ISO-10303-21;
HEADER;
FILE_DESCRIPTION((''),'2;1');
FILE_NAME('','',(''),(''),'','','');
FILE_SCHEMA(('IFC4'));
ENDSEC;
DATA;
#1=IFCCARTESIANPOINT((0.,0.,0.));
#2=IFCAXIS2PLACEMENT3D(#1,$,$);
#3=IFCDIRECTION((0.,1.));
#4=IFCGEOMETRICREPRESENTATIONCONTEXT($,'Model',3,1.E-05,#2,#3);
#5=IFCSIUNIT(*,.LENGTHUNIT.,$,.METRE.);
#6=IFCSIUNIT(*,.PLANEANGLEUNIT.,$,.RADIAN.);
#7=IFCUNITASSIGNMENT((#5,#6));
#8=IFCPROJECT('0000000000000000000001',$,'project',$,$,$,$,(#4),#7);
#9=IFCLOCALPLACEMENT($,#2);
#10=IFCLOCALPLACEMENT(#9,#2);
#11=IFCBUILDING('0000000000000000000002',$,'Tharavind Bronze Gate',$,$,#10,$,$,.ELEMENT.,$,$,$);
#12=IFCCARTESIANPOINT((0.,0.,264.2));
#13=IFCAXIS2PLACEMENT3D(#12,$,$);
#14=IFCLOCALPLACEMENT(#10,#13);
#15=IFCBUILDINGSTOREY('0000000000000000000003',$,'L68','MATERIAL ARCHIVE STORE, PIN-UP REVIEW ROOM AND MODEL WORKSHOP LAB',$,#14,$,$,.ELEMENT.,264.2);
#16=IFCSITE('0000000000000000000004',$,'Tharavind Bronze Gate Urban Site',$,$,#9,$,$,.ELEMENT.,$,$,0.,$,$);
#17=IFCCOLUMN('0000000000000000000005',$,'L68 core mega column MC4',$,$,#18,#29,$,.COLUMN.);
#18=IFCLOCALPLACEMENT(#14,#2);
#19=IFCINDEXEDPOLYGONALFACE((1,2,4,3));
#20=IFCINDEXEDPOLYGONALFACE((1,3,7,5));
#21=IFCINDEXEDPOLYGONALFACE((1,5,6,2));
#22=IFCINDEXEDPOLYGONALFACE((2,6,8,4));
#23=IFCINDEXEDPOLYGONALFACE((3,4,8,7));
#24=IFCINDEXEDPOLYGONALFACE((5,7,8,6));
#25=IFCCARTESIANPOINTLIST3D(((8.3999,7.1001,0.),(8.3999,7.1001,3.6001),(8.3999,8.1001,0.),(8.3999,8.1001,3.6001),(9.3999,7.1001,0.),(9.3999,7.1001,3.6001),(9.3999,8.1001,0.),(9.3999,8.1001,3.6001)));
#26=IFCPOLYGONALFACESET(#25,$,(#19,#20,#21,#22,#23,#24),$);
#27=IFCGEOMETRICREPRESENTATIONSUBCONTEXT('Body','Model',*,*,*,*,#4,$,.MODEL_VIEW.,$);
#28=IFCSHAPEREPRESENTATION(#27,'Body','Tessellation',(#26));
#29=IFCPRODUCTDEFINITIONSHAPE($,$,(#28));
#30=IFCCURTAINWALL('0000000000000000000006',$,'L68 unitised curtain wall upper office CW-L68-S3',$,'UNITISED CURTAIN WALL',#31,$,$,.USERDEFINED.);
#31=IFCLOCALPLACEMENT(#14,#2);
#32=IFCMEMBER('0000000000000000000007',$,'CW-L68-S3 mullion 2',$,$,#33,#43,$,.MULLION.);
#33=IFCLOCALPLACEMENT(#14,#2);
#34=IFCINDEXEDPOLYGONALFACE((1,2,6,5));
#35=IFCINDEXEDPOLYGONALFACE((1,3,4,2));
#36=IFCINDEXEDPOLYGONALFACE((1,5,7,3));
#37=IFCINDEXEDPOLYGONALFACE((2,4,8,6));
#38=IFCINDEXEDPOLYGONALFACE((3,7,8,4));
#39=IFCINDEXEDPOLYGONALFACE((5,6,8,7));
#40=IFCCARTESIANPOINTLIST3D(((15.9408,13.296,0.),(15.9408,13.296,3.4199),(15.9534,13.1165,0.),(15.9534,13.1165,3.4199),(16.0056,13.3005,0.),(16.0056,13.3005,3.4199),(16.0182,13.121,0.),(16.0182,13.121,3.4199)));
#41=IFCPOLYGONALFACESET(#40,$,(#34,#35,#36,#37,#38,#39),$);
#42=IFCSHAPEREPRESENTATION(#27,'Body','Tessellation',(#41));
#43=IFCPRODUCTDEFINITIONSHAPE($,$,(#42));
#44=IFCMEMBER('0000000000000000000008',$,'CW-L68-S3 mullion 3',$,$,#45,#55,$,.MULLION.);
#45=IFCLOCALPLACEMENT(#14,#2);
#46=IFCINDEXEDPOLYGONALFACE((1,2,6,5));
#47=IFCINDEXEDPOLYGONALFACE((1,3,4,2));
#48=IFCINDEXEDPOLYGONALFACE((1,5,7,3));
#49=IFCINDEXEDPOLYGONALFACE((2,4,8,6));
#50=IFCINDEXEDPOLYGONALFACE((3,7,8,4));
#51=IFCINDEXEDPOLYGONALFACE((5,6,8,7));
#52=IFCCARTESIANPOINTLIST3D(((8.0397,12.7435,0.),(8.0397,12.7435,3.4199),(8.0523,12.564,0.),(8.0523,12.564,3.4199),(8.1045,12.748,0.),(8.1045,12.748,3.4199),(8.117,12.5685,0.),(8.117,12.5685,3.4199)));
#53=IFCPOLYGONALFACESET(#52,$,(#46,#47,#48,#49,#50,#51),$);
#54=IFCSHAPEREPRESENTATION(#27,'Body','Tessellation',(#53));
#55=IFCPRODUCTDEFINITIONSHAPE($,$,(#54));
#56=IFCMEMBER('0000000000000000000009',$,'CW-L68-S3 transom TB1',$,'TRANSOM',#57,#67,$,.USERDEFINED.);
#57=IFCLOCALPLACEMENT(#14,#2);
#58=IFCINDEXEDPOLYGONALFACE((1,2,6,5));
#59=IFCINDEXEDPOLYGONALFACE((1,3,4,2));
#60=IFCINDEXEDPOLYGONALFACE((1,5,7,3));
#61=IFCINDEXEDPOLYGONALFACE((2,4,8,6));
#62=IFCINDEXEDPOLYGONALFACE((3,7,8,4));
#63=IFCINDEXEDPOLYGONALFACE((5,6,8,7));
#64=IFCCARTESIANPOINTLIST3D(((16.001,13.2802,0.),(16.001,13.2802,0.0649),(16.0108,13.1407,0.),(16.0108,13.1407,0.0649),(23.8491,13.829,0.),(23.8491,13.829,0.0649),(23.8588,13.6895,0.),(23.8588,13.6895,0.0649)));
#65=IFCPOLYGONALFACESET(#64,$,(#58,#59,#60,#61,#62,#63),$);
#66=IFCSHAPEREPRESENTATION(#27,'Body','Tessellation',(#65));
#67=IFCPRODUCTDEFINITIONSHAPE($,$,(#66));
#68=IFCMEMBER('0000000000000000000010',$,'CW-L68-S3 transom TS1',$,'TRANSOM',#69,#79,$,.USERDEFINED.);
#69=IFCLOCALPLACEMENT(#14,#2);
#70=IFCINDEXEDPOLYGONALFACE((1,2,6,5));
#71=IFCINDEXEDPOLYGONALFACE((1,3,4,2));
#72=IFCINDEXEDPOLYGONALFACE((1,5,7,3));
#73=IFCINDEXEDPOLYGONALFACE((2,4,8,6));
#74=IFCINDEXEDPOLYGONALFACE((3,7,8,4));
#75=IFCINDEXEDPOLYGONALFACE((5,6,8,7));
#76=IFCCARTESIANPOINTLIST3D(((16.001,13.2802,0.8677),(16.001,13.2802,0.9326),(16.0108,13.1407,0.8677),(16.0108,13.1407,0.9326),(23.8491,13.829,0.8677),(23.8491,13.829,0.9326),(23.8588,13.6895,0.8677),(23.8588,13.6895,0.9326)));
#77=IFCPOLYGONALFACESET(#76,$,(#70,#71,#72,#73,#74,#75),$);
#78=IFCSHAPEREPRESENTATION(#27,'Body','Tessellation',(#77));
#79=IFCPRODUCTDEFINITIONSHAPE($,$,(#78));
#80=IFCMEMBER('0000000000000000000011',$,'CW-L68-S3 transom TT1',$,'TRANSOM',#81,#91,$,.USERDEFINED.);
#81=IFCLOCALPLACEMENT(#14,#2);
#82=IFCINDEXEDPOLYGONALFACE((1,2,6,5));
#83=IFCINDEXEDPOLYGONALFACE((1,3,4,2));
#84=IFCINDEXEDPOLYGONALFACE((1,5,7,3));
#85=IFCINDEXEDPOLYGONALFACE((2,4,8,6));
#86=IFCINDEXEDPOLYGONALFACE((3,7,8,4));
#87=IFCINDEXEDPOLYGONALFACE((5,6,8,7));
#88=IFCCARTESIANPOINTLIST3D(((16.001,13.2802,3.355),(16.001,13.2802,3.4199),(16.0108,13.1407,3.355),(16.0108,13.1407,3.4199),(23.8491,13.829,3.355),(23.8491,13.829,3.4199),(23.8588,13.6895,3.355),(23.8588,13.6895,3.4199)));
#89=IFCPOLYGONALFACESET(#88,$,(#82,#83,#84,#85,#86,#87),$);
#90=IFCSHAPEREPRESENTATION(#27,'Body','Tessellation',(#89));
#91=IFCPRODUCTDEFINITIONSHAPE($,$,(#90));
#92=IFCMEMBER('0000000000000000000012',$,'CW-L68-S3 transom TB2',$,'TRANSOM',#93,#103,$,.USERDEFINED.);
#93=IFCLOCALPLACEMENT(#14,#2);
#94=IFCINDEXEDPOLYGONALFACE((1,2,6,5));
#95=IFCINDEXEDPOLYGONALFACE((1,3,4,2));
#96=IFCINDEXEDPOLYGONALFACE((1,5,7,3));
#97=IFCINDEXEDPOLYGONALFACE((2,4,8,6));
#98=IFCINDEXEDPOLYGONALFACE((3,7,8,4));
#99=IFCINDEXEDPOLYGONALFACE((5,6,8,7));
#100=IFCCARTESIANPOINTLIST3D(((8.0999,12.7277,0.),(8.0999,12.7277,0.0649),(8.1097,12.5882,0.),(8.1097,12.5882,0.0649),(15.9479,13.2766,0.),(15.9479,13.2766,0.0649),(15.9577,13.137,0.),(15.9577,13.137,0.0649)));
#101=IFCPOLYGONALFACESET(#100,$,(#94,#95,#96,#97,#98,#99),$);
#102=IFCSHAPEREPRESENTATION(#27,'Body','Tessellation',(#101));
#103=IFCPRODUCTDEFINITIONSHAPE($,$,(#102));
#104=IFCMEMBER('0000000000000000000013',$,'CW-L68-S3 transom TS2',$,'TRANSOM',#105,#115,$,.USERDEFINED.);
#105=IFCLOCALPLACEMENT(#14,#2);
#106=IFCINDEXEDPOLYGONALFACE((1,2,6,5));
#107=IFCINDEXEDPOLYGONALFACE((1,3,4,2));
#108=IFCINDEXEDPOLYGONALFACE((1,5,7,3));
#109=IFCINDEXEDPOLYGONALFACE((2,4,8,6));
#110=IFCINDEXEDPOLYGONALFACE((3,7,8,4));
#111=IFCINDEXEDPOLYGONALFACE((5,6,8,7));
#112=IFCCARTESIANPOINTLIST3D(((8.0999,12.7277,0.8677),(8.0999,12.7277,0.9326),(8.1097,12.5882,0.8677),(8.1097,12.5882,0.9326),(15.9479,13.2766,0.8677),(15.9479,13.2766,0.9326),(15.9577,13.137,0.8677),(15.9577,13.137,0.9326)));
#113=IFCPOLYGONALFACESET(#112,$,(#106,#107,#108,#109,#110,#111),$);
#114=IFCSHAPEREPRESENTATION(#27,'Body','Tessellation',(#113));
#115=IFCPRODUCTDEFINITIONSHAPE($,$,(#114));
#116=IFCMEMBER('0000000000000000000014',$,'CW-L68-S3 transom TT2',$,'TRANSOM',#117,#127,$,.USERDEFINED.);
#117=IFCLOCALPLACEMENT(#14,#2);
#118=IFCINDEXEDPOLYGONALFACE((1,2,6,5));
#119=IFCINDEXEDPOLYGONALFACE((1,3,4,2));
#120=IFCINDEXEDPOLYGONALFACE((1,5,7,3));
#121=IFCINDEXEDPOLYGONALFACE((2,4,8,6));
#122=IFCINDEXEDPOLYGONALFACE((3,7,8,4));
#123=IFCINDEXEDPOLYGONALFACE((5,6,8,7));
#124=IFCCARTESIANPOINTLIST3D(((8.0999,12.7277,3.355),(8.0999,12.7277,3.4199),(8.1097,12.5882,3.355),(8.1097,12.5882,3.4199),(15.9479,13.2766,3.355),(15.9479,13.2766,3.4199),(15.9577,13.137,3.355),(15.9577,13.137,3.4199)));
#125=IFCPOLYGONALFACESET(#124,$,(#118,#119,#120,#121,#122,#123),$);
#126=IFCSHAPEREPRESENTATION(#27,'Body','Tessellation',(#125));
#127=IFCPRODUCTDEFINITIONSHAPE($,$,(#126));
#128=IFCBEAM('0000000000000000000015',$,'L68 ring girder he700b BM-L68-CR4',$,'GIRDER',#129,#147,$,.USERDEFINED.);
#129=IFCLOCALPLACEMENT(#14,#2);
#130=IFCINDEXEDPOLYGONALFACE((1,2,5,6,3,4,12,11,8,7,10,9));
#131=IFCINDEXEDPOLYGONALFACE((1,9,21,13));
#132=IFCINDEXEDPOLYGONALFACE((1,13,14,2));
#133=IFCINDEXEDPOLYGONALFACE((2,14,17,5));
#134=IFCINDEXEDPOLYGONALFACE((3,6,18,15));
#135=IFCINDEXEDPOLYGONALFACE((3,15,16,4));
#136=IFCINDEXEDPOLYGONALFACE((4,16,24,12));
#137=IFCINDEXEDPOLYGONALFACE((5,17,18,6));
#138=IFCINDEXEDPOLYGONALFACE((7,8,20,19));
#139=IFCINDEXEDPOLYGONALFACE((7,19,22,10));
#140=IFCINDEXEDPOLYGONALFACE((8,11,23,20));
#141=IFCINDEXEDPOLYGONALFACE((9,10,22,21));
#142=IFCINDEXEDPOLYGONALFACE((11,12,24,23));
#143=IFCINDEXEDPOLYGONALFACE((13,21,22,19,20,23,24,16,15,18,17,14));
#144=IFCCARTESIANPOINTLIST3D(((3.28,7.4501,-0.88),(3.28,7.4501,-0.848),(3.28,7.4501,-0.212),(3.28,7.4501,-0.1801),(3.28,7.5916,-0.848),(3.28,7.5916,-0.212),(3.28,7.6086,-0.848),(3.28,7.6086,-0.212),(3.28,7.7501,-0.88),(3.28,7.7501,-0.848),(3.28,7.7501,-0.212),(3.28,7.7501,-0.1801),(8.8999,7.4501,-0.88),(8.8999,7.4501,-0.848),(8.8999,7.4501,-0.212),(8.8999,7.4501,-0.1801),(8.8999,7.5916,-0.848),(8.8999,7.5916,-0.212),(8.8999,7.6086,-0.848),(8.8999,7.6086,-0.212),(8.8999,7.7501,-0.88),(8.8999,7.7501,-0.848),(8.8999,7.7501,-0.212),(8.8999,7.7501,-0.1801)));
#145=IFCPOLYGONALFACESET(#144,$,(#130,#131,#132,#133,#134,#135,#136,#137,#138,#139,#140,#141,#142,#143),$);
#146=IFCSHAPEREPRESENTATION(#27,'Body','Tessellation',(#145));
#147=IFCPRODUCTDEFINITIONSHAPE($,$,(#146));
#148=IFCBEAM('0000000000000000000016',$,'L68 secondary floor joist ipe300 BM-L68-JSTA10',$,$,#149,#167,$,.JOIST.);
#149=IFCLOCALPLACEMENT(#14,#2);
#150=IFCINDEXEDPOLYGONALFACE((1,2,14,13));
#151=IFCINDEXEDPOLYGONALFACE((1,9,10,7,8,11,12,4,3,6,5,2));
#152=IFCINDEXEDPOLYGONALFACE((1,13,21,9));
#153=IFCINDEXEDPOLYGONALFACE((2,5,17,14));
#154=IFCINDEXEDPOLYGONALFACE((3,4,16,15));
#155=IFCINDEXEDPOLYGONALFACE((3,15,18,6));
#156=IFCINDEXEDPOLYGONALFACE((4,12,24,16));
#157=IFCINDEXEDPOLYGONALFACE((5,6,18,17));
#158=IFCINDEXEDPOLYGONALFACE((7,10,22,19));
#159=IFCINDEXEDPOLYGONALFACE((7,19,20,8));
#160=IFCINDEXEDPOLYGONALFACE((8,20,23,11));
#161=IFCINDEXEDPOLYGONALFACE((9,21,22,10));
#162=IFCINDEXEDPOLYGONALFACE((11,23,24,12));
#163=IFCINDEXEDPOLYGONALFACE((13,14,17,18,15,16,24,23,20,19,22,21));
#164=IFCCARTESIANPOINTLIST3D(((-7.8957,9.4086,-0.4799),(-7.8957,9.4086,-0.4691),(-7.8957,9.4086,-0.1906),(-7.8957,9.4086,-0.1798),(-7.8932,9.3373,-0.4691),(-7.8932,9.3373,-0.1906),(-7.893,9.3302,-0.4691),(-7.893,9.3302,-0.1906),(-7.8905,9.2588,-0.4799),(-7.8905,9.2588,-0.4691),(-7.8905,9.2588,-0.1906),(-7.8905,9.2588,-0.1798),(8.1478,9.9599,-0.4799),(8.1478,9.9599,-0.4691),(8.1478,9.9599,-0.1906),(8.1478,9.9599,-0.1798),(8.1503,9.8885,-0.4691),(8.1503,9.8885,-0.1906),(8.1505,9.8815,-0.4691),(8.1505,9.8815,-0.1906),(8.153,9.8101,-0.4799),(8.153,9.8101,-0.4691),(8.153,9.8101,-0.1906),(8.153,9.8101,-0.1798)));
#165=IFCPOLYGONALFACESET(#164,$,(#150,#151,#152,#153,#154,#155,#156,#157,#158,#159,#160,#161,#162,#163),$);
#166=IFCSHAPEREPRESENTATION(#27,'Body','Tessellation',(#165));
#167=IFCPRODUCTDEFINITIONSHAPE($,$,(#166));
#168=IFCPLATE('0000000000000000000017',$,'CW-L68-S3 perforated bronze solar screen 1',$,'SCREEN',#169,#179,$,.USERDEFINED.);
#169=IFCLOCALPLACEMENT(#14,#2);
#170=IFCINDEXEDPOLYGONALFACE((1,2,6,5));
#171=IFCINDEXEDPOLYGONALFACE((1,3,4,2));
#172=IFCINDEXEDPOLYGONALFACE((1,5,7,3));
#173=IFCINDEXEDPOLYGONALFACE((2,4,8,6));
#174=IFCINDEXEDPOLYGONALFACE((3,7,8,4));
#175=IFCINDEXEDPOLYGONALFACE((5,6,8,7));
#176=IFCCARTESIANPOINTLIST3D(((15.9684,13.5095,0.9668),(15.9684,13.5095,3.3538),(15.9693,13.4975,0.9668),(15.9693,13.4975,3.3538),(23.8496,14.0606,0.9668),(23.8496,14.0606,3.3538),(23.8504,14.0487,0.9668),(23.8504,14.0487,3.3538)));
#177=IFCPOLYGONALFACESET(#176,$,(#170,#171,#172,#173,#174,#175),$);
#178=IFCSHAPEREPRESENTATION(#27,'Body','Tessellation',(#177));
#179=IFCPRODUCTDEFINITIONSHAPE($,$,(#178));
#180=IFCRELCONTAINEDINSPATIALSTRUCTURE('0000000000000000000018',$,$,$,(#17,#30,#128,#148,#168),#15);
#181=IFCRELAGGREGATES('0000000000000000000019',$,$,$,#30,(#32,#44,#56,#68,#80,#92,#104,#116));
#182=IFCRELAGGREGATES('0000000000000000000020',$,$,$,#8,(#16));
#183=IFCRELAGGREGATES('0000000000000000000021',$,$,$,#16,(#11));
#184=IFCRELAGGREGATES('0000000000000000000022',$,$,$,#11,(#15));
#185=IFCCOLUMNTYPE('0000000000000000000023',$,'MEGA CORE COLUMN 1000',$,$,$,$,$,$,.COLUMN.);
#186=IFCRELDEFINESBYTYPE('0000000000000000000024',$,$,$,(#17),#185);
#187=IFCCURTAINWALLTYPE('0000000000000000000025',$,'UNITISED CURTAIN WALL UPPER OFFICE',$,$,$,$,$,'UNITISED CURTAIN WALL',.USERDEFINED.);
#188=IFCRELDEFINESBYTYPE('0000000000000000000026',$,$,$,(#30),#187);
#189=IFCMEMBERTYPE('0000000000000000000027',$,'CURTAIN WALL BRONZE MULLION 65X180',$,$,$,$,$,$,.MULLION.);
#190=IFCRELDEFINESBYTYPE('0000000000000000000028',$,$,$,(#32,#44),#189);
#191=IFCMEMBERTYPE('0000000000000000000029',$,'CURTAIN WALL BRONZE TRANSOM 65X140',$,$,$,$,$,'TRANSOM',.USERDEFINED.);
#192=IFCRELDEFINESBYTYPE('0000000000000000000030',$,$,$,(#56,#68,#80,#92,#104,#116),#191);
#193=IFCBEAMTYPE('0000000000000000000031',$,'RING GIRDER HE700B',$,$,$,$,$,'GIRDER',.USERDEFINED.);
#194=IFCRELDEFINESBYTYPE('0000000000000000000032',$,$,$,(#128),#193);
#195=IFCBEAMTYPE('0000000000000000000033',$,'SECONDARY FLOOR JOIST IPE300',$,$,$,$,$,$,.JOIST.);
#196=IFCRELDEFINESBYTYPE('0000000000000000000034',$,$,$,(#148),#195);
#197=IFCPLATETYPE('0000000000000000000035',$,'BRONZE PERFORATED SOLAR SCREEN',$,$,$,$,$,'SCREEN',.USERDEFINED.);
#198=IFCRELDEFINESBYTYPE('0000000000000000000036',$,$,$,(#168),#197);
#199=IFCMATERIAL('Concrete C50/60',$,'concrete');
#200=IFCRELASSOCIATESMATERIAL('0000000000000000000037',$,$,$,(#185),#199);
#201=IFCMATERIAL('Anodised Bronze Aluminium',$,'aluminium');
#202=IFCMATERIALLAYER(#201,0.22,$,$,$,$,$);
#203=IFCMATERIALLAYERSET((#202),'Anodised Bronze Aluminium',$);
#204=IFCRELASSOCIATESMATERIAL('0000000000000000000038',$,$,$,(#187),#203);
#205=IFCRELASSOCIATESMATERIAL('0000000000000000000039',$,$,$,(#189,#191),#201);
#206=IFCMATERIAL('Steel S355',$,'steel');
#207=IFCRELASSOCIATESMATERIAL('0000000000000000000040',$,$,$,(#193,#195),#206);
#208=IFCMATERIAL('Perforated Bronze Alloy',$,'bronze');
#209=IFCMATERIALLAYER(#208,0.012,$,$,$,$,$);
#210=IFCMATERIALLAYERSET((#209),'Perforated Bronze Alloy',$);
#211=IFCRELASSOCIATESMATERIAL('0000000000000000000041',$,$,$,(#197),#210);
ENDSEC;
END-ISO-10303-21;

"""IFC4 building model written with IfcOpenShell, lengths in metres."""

from ifc_helpers import new_model, si_unit, direction, frame, origin, origin_2d, place, context, subcontext, project, spatial, rectangle, i_section, extrude, material, layer, layer_set, material_profile, profile_set, type_object, element, aggregate, save


model = new_model("IFC4")

# Units and contexts
model_context = context("Model", 3, precision=1e-05, world=origin(), true_north=direction((0.0, 1.0)))
body_context = subcontext(model_context, "Body", "Model", "MODEL_VIEW")
ifc_project = project(units=[si_unit("LENGTHUNIT", "METRE"), si_unit("PLANEANGLEUNIT", "RADIAN")], contexts=[model_context])

# Site, building, storey
site_placement = place(None, origin())
site = spatial("IfcSite", under=ifc_project, at=site_placement, Name="Tharavind Bronze Gate Urban Site", CompositionType="ELEMENT", RefElevation=0.0)
building_placement = place(site_placement, origin())
building = spatial("IfcBuilding", under=site, at=building_placement, Name="Tharavind Bronze Gate", CompositionType="ELEMENT")
storey_placement = place(building_placement, frame((0.0, 0.0, 264.2)))
storey = spatial("IfcBuildingStorey", under=building, at=storey_placement, Name="L68", Description="MATERIAL ARCHIVE STORE, PIN-UP REVIEW ROOM AND MODEL WORKSHOP LAB", CompositionType="ELEMENT", Elevation=264.2)

# Column
ifc_material_1 = material(Name="Concrete C50/60", Category="concrete")
ifc_material_profile_1 = material_profile(ifc_material_1, rectangle(XDim=1.0, YDim=1.0, at=origin_2d()), Name="RCCOL1000")
ifc_profile_set_1 = profile_set([ifc_material_profile_1], Name="Concrete C50/60")
column_type = type_object("IfcColumnType", Name="MEGA CORE COLUMN 1000", PredefinedType="COLUMN", material=ifc_profile_set_1)
column_placement = place(storey_placement, frame((8.8999, 7.6001, 0.0), z_axis=(0.0, 0.0, 1.0), x_axis=(1.0, 0.0, 0.0)))
element("IfcColumn", 1, at=column_placement, inside=storey, type_object=column_type, Name="L68 core mega column MC4", PredefinedType="COLUMN", context=body_context, shape_type="SweptSolid", body=[
    extrude(rectangle(XDim=1.0, YDim=1.0, at=origin_2d()), origin(), (0.0, 0.0, 1.0), 3.6001),
])

# Curtain wall, members
ifc_material_2 = material(Name="Anodised Bronze Aluminium", Category="aluminium")
ifc_layer_1 = layer(ifc_material_2, 0.22)
ifc_layer_set_1 = layer_set([ifc_layer_1], Name="Anodised Bronze Aluminium")
curtain_wall_type = type_object("IfcCurtainWallType", Name="UNITISED CURTAIN WALL UPPER OFFICE", ElementType="UNITISED CURTAIN WALL", PredefinedType="USERDEFINED", material=ifc_layer_set_1)
curtain_wall_placement = place(storey_placement, origin())
curtain_wall = element("IfcCurtainWall", 2, at=curtain_wall_placement, inside=storey, type_object=curtain_wall_type, Name="L68 unitised curtain wall upper office CW-L68-S3", ObjectType="UNITISED CURTAIN WALL", PredefinedType="USERDEFINED")
member_type_1 = type_object("IfcMemberType", Name="CURTAIN WALL BRONZE MULLION 65X180", PredefinedType="MULLION", material=ifc_material_2)
member_1_placement = place(storey_placement, frame((15.9795, 13.2085, 0.0), z_axis=(0.0, 0.0, 1.0), x_axis=(-0.997564, -0.06976, 0.0)))
member_1 = element("IfcMember", 3, at=member_1_placement, type_object=member_type_1, Name="CW-L68-S3 mullion 2", PredefinedType="MULLION", context=body_context, shape_type="SweptSolid", body=[
    extrude(rectangle(XDim=0.0649, YDim=0.1799, at=origin_2d()), origin(), (0.0, 0.0, 1.0), 3.4199),
])
member_2_placement = place(storey_placement, frame((8.0784, 12.656, 0.0), z_axis=(0.0, 0.0, 1.0), x_axis=(-0.997564, -0.06976, 0.0)))
member_2 = element("IfcMember", 4, at=member_2_placement, type_object=member_type_1, Name="CW-L68-S3 mullion 3", PredefinedType="MULLION", context=body_context, shape_type="SweptSolid", body=[
    extrude(rectangle(XDim=0.0649, YDim=0.1799, at=origin_2d()), origin(), (0.0, 0.0, 1.0), 3.4199),
])
member_type_2 = type_object("IfcMemberType", Name="CURTAIN WALL BRONZE TRANSOM 65X140", ElementType="TRANSOM", PredefinedType="USERDEFINED", material=ifc_material_2)
member_3_placement = place(storey_placement, frame((19.9299, 13.4849, 0.0), z_axis=(0.0, 0.0, 1.0), x_axis=(-0.997564, -0.06976, 0.0)))
member_3 = element("IfcMember", 5, at=member_3_placement, type_object=member_type_2, Name="CW-L68-S3 transom TB1", ObjectType="TRANSOM", PredefinedType="USERDEFINED", context=body_context, shape_type="SweptSolid", body=[
    extrude(rectangle(XDim=7.8672, YDim=0.1399, at=origin_2d()), origin(), (0.0, 0.0, 1.0), 0.0649),
])
member_4_placement = place(storey_placement, frame((19.9299, 13.4849, 0.8677), z_axis=(0.0, 0.0, 1.0), x_axis=(-0.997564, -0.06976, 0.0)))
member_4 = element("IfcMember", 6, at=member_4_placement, type_object=member_type_2, Name="CW-L68-S3 transom TS1", ObjectType="TRANSOM", PredefinedType="USERDEFINED", context=body_context, shape_type="SweptSolid", body=[
    extrude(rectangle(XDim=7.8672, YDim=0.1399, at=origin_2d()), origin(), (0.0, 0.0, 1.0), 0.0649),
])
member_5_placement = place(storey_placement, frame((19.9299, 13.4849, 3.355), z_axis=(0.0, 0.0, 1.0), x_axis=(-0.997564, -0.06976, 0.0)))
member_5 = element("IfcMember", 7, at=member_5_placement, type_object=member_type_2, Name="CW-L68-S3 transom TT1", ObjectType="TRANSOM", PredefinedType="USERDEFINED", context=body_context, shape_type="SweptSolid", body=[
    extrude(rectangle(XDim=7.8672, YDim=0.1399, at=origin_2d()), origin(), (0.0, 0.0, 1.0), 0.0649),
])
member_6_placement = place(storey_placement, frame((12.0288, 12.9324, 0.0), z_axis=(0.0, 0.0, 1.0), x_axis=(-0.997564, -0.06976, 0.0)))
member_6 = element("IfcMember", 8, at=member_6_placement, type_object=member_type_2, Name="CW-L68-S3 transom TB2", ObjectType="TRANSOM", PredefinedType="USERDEFINED", context=body_context, shape_type="SweptSolid", body=[
    extrude(rectangle(XDim=7.8672, YDim=0.1399, at=origin_2d()), origin(), (0.0, 0.0, 1.0), 0.0649),
])
member_7_placement = place(storey_placement, frame((12.0288, 12.9324, 0.8677), z_axis=(0.0, 0.0, 1.0), x_axis=(-0.997564, -0.06976, 0.0)))
member_7 = element("IfcMember", 9, at=member_7_placement, type_object=member_type_2, Name="CW-L68-S3 transom TS2", ObjectType="TRANSOM", PredefinedType="USERDEFINED", context=body_context, shape_type="SweptSolid", body=[
    extrude(rectangle(XDim=7.8672, YDim=0.1399, at=origin_2d()), origin(), (0.0, 0.0, 1.0), 0.0649),
])
member_8_placement = place(storey_placement, frame((12.0288, 12.9324, 3.355), z_axis=(0.0, 0.0, 1.0), x_axis=(-0.997564, -0.06976, 0.0)))
member_8 = element("IfcMember", 10, at=member_8_placement, type_object=member_type_2, Name="CW-L68-S3 transom TT2", ObjectType="TRANSOM", PredefinedType="USERDEFINED", context=body_context, shape_type="SweptSolid", body=[
    extrude(rectangle(XDim=7.8672, YDim=0.1399, at=origin_2d()), origin(), (0.0, 0.0, 1.0), 0.0649),
])

# Beams
ifc_material_3 = material(Name="Steel S355", Category="steel")
ifc_material_profile_2 = material_profile(ifc_material_3, i_section(OverallWidth=0.3, OverallDepth=0.7, WebThickness=0.0171, FlangeThickness=0.032, at=origin_2d()), Name="HE700B")
ifc_profile_set_2 = profile_set([ifc_material_profile_2], Name="Steel S355")
beam_type_1 = type_object("IfcBeamType", Name="RING GIRDER HE700B", ElementType="GIRDER", PredefinedType="USERDEFINED", material=ifc_profile_set_2)
beam_1_placement = place(storey_placement, frame((8.8999, 7.6001, -0.53), z_axis=(-1.0, 0.0, 0.0), x_axis=(0.0, -1.0, 0.0)))
element("IfcBeam", 11, at=beam_1_placement, inside=storey, type_object=beam_type_1, Name="L68 ring girder he700b BM-L68-CR4", ObjectType="GIRDER", PredefinedType="USERDEFINED", context=body_context, shape_type="SweptSolid", body=[
    extrude(i_section(OverallWidth=0.3, OverallDepth=0.7, WebThickness=0.0171, FlangeThickness=0.032, at=origin_2d()), origin(), (0.0, 0.0, 1.0), 5.6199),
])
ifc_material_profile_3 = material_profile(ifc_material_3, i_section(OverallWidth=0.1499, OverallDepth=0.3, WebThickness=0.0071, FlangeThickness=0.0107, at=origin_2d()), Name="IPE300")
ifc_profile_set_3 = profile_set([ifc_material_profile_3], Name="Steel S355")
beam_type_2 = type_object("IfcBeamType", Name="SECONDARY FLOOR JOIST IPE300", PredefinedType="JOIST", material=ifc_profile_set_3)
beam_2_placement = place(storey_placement, frame((8.1504, 9.885, -0.3298), z_axis=(-0.99941, -0.034341, 0.0), x_axis=(0.034341, -0.99941, 0.0)))
element("IfcBeam", 12, at=beam_2_placement, inside=storey, type_object=beam_type_2, Name="L68 secondary floor joist ipe300 BM-L68-JSTA10", PredefinedType="JOIST", context=body_context, shape_type="SweptSolid", body=[
    extrude(i_section(OverallWidth=0.1499, OverallDepth=0.3, WebThickness=0.0071, FlangeThickness=0.0107, at=origin_2d()), origin(), (0.0, 0.0, 1.0), 16.053),
])

# Plate
ifc_material_4 = material(Name="Perforated Bronze Alloy", Category="bronze")
ifc_layer_2 = layer(ifc_material_4, 0.012)
ifc_layer_set_2 = layer_set([ifc_layer_2], Name="Perforated Bronze Alloy")
plate_type_1 = type_object("IfcPlateType", Name="BRONZE PERFORATED SOLAR SCREEN", ElementType="SCREEN", PredefinedType="USERDEFINED", material=ifc_layer_set_2)
plate_1_placement = place(storey_placement, frame((19.9094, 13.7791, 0.9668), z_axis=(0.0, 0.0, 1.0), x_axis=(-0.997564, -0.06976, 0.0)))
element("IfcPlate", 13, at=plate_1_placement, inside=storey, type_object=plate_type_1, Name="CW-L68-S3 perforated bronze solar screen 1", ObjectType="SCREEN", PredefinedType="USERDEFINED", context=body_context, shape_type="SweptSolid", body=[
    extrude(rectangle(XDim=7.9004, YDim=0.012, at=origin_2d()), origin(), (0.0, 0.0, 1.0), 2.387),
])
aggregate(curtain_wall, [member_1, member_2, member_3, member_4, member_5, member_6, member_7, member_8])

save(model, "model.ifc")
